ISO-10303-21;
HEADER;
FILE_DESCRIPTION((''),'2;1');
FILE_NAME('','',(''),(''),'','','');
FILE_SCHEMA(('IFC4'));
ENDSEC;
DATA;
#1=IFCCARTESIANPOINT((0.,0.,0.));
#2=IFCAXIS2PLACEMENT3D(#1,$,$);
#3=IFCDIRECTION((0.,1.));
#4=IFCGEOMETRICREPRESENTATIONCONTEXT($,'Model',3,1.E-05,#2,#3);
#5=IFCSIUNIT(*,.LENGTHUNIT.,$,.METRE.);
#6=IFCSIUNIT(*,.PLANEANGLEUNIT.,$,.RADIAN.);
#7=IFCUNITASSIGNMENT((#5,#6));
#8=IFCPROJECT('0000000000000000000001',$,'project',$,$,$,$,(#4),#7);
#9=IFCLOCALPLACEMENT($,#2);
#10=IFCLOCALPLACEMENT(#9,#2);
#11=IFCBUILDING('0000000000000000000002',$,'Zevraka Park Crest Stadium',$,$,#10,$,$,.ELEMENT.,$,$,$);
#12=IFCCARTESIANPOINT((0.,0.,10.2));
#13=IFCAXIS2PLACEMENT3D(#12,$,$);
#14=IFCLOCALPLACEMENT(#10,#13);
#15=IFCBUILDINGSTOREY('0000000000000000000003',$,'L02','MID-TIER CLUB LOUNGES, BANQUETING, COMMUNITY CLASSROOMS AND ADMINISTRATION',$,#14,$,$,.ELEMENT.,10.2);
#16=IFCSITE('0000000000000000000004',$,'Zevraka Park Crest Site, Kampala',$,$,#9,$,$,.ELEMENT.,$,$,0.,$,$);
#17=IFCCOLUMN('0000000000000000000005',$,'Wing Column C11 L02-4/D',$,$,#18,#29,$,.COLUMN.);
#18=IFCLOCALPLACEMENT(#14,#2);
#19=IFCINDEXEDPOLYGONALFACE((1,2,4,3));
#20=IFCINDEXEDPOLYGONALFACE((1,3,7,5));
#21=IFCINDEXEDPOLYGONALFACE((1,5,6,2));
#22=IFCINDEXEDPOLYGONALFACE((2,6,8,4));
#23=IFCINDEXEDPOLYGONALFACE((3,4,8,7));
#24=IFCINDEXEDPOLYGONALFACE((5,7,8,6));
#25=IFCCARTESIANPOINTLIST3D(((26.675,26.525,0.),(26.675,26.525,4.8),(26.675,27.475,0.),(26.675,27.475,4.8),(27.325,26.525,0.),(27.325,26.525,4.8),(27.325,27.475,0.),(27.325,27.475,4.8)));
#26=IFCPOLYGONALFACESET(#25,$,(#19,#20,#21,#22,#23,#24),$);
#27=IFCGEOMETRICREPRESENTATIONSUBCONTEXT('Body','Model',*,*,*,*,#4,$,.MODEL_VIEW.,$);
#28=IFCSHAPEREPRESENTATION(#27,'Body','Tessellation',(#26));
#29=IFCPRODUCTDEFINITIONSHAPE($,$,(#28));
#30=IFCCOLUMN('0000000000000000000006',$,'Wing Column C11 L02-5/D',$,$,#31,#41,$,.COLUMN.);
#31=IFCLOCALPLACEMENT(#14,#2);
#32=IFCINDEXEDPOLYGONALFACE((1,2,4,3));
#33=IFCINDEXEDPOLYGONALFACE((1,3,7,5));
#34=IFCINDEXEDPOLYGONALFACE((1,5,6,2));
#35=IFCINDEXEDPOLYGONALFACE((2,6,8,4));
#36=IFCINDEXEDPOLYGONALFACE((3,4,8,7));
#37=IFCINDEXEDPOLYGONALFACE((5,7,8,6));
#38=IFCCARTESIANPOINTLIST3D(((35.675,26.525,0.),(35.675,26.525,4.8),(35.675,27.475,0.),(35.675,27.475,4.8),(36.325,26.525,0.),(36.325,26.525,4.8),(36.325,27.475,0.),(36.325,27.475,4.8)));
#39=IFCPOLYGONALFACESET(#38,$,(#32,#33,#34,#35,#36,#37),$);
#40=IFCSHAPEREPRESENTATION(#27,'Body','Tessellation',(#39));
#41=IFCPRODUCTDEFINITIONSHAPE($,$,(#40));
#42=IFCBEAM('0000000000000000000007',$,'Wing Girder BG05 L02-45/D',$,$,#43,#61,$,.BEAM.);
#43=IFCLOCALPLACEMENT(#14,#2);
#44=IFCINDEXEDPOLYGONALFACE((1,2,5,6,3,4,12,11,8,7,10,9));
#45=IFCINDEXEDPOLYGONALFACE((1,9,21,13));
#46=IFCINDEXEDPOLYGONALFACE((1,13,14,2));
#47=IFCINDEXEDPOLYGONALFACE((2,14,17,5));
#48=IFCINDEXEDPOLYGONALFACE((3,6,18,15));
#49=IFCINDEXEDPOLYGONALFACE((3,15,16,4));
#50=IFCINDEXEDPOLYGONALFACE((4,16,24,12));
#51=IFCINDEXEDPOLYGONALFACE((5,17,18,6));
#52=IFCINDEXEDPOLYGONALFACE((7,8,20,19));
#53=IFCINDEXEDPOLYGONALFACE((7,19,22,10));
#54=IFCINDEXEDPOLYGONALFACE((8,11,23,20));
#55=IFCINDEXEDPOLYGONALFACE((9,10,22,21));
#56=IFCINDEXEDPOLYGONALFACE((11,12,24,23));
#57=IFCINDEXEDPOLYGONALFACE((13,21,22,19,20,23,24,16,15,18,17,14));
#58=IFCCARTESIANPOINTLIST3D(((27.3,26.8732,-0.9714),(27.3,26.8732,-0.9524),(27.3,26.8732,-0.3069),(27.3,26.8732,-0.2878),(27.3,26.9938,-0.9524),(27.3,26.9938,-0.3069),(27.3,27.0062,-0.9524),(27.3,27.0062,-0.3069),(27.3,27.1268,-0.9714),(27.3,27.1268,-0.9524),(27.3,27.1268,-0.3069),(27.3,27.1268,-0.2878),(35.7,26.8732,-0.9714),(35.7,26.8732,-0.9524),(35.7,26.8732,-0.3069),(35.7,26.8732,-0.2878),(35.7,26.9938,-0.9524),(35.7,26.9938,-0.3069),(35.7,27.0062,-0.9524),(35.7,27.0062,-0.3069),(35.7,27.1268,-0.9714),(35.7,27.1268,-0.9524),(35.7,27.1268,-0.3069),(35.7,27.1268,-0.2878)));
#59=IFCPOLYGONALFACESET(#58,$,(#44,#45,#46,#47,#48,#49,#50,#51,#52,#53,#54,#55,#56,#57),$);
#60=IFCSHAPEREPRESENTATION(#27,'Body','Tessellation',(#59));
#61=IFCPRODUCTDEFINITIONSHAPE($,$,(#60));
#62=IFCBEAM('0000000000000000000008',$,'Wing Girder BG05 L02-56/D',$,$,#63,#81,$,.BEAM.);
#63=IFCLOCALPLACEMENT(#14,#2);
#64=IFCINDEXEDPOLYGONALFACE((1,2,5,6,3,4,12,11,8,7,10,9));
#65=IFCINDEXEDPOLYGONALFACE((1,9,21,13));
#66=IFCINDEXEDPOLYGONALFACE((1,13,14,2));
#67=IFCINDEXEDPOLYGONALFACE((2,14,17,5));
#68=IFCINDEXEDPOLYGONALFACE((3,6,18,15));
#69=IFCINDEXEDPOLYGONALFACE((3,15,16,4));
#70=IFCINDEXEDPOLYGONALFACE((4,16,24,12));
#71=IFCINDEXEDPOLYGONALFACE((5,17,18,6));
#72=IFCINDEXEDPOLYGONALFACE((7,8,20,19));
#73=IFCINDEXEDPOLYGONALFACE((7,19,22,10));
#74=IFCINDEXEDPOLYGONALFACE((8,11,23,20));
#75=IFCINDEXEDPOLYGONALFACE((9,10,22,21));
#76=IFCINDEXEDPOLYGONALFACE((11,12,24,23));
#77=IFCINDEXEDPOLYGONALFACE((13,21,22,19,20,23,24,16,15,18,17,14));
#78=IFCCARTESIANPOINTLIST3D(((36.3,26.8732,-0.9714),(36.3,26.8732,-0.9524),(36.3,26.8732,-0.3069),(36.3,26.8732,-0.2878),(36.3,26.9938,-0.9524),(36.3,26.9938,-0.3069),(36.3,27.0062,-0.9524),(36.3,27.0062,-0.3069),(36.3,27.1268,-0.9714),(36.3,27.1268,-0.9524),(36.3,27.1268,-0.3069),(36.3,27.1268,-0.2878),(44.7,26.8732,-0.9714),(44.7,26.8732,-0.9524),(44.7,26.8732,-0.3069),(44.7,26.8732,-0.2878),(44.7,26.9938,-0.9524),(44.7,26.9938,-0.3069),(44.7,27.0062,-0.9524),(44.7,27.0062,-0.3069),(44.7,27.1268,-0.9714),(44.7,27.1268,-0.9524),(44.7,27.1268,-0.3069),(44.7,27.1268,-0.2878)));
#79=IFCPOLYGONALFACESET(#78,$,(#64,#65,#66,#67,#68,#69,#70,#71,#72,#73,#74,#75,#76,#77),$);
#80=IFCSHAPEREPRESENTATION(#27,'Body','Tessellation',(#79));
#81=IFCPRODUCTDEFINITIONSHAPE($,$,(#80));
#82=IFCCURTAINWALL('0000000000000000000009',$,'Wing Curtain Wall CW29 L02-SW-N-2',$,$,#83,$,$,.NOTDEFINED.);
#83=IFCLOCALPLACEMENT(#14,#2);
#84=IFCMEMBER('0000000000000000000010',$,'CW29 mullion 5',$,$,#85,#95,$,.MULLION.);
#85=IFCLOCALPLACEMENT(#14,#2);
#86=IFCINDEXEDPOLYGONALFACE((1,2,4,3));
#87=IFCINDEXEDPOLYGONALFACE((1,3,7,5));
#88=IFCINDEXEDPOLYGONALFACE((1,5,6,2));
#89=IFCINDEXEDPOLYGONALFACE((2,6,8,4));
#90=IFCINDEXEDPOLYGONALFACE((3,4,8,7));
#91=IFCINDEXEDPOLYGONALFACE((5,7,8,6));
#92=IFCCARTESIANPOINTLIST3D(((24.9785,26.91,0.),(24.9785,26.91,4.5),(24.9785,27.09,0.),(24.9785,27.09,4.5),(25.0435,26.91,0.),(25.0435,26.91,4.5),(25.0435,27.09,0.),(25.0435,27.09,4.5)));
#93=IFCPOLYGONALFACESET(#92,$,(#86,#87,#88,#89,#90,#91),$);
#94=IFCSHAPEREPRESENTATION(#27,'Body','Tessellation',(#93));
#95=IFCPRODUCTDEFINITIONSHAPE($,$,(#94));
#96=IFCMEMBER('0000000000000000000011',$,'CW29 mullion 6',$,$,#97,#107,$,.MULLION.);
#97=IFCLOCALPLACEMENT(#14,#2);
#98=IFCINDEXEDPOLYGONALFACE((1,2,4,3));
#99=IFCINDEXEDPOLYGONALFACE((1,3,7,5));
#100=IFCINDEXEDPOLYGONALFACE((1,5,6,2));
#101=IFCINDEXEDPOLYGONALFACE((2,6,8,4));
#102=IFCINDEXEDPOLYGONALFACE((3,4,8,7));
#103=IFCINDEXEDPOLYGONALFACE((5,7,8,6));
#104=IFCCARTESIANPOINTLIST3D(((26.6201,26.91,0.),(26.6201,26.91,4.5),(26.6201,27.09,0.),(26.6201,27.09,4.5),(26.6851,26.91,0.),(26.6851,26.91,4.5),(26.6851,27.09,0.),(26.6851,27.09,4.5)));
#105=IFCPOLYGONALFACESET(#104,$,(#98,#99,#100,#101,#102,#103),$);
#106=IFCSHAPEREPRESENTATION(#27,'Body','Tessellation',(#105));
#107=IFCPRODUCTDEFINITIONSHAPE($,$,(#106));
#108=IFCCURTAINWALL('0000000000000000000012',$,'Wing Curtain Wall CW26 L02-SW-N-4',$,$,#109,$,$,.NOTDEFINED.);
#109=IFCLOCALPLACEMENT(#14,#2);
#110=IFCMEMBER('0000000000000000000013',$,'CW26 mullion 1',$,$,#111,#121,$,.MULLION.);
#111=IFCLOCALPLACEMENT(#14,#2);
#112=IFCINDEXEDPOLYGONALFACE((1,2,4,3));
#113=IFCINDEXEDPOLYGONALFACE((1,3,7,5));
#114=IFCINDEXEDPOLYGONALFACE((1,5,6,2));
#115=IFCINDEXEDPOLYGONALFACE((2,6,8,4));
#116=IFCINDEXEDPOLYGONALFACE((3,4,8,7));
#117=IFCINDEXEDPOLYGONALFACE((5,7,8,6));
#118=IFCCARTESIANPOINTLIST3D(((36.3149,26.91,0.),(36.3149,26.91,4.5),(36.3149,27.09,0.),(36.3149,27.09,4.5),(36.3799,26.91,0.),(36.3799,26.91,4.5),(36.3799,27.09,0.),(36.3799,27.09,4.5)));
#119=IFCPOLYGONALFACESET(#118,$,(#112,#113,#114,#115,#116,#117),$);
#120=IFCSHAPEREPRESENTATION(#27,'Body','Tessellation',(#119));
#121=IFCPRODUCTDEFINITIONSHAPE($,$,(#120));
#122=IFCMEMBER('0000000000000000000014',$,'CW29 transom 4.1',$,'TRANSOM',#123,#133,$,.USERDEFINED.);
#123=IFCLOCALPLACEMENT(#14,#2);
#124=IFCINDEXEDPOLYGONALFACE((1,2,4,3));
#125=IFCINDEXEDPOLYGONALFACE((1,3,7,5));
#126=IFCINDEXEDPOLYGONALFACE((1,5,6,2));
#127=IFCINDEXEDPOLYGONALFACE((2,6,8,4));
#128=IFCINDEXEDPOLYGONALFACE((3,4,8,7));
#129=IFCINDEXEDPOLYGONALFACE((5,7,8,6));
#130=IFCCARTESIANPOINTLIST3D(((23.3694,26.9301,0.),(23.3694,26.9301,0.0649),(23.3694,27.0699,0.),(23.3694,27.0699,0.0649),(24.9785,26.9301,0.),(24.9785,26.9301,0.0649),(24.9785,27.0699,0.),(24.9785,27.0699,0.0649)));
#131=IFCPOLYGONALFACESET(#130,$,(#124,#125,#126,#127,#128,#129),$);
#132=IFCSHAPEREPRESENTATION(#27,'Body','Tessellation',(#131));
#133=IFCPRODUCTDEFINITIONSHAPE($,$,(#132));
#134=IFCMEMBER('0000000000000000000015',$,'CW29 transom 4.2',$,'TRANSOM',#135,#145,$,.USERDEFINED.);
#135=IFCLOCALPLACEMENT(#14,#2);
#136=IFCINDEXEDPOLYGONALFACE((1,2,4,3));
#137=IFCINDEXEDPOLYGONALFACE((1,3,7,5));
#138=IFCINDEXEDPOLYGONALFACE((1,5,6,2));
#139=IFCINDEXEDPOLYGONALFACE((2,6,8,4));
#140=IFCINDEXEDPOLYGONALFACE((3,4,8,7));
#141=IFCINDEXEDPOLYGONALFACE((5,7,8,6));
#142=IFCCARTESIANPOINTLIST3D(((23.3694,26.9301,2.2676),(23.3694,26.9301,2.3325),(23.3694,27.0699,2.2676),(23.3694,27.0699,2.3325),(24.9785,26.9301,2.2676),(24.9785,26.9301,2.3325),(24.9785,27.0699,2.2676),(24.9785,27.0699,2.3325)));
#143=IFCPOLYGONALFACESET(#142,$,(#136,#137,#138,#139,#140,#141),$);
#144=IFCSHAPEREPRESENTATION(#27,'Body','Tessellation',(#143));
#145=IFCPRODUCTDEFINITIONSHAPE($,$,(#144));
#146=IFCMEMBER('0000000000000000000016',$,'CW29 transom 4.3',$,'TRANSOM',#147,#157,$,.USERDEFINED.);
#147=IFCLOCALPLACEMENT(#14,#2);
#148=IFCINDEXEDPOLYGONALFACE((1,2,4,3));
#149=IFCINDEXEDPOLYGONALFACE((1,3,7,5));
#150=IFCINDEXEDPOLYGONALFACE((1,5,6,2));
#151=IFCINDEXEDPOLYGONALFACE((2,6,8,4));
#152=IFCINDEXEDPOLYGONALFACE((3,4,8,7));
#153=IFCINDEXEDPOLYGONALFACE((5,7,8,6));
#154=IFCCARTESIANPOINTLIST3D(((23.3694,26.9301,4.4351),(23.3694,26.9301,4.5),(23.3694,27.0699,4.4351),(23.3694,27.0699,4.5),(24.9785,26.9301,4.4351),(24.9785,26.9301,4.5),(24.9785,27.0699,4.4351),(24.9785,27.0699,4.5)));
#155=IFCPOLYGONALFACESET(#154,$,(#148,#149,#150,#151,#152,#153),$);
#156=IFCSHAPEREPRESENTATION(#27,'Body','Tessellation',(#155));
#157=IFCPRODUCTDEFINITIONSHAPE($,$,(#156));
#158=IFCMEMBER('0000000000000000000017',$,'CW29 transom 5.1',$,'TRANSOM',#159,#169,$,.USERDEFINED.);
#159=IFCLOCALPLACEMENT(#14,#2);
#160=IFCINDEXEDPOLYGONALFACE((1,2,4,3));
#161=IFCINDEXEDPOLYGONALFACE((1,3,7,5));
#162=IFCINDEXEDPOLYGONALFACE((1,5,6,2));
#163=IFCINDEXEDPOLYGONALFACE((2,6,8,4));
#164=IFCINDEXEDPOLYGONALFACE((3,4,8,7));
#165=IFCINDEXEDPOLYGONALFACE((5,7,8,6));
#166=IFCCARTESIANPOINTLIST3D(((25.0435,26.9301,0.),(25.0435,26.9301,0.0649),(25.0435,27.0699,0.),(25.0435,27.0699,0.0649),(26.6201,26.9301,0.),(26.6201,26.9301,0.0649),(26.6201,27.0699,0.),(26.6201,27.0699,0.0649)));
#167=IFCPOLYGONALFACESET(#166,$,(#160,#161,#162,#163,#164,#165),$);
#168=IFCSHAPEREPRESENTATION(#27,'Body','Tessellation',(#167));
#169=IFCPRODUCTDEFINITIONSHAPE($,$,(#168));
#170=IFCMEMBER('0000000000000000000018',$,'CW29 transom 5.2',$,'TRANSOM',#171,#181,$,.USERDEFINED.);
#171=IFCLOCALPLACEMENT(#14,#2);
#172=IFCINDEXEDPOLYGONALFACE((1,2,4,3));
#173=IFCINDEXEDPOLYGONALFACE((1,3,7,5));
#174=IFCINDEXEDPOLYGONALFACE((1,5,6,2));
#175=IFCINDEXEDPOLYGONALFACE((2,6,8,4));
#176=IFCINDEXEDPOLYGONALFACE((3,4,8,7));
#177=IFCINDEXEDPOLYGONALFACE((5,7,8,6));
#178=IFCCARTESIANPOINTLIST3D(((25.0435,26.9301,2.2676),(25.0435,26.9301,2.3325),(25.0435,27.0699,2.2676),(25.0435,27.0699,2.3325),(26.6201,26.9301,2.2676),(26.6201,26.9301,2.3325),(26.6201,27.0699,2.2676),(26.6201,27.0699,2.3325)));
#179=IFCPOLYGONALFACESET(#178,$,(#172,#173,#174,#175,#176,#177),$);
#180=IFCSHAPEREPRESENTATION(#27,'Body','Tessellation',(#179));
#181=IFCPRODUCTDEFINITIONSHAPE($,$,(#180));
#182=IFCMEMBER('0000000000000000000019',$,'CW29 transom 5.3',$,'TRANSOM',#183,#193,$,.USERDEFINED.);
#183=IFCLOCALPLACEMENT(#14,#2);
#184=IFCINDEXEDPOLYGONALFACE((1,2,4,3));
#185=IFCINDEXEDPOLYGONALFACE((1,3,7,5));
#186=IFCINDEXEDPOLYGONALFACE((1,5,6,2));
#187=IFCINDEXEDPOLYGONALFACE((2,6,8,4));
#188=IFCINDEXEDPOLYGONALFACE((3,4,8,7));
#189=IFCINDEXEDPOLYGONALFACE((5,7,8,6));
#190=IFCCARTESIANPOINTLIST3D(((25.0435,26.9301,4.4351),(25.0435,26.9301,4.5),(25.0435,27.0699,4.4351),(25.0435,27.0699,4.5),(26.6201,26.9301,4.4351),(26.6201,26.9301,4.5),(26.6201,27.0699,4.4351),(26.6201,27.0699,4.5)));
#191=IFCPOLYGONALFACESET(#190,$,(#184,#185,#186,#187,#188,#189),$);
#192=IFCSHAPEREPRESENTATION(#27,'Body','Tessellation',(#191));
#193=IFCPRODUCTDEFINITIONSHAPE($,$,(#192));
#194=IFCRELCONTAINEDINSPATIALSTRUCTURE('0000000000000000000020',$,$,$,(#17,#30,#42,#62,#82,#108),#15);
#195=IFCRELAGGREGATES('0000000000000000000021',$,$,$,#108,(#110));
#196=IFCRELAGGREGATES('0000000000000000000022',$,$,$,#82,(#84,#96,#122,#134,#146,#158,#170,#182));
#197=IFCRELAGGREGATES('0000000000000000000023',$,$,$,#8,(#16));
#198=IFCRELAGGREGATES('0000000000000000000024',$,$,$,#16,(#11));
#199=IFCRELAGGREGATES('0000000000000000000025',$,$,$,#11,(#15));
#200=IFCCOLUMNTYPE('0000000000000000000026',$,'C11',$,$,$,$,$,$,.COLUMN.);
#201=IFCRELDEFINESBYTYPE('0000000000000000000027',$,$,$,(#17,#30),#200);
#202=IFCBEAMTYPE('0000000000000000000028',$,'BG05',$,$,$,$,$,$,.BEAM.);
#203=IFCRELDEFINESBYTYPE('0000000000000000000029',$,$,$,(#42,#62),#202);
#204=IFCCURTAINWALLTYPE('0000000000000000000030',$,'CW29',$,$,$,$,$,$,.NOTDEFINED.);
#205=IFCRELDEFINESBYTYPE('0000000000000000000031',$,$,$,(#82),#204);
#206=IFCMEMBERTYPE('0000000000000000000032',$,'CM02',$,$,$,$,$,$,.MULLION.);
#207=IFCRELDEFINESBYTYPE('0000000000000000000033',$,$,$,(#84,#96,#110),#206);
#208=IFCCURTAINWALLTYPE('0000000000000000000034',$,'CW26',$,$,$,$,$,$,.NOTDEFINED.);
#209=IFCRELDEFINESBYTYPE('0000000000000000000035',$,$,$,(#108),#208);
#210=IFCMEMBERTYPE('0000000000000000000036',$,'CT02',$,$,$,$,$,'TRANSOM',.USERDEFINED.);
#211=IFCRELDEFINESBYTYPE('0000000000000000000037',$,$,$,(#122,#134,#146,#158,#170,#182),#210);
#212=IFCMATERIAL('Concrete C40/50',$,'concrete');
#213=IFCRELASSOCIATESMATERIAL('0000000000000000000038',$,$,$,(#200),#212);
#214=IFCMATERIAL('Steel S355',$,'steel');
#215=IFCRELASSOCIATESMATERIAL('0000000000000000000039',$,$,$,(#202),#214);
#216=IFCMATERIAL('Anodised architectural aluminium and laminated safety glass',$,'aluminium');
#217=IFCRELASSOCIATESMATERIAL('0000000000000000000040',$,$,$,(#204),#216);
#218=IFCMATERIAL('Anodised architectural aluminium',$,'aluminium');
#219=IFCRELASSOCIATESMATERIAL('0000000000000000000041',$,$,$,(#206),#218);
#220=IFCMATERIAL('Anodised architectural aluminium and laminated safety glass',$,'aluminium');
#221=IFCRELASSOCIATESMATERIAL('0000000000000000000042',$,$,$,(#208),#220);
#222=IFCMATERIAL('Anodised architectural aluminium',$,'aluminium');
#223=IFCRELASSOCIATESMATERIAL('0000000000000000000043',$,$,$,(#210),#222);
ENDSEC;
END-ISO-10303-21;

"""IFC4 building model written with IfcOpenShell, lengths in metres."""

from ifc_helpers import new_model, si_unit, direction, frame, origin, origin_2d, place, context, subcontext, project, spatial, rectangle, i_section, extrude, material, material_profile, profile_set, type_object, element, aggregate, save


model = new_model("IFC4")

# Units and contexts
model_context = context("Model", 3, precision=1e-05, world=origin(), true_north=direction((0.0, 1.0)))
body_context = subcontext(model_context, "Body", "Model", "MODEL_VIEW")
ifc_project = project(units=[si_unit("LENGTHUNIT", "METRE"), si_unit("PLANEANGLEUNIT", "RADIAN")], contexts=[model_context])

# Site, building, storey
site_placement = place(None, origin())
site = spatial("IfcSite", under=ifc_project, at=site_placement, Name="Zevraka Park Crest Site, Kampala", CompositionType="ELEMENT", RefElevation=0.0)
building_placement = place(site_placement, origin())
building = spatial("IfcBuilding", under=site, at=building_placement, Name="Zevraka Park Crest Stadium", CompositionType="ELEMENT")
storey_placement = place(building_placement, frame((0.0, 0.0, 10.2)))
storey = spatial("IfcBuildingStorey", under=building, at=storey_placement, Name="L02", Description="MID-TIER CLUB LOUNGES, BANQUETING, COMMUNITY CLASSROOMS AND ADMINISTRATION", CompositionType="ELEMENT", Elevation=10.2)

# Columns
ifc_material_1 = material(Name="Concrete C40/50", Category="concrete")
ifc_material_profile_1 = material_profile(ifc_material_1, rectangle(XDim=0.6499, YDim=0.95, at=origin_2d()), Name="RC 950x650")
ifc_profile_set_1 = profile_set([ifc_material_profile_1], Name="Concrete C40/50")
column_type = type_object("IfcColumnType", Name="C11", PredefinedType="COLUMN", material=ifc_profile_set_1)
for number, where, z_axis, x_axis, name in (
    (1, (27.0, 27.0, 0.0), (0.0, 0.0, 1.0), (1.0, 0.0, 0.0), "Wing Column C11 L02-4/D"),
    (2, (36.0, 27.0, 0.0), (0.0, 0.0, 1.0), (1.0, 0.0, 0.0), "Wing Column C11 L02-5/D"),
):
    element("IfcColumn", number, at=place(storey_placement, frame(where, z_axis=z_axis, x_axis=x_axis)), inside=storey, type_object=column_type, Name=name, PredefinedType="COLUMN", context=body_context, shape_type="SweptSolid", body=[
        extrude(rectangle(XDim=0.6499, YDim=0.95, at=origin_2d()), origin(), (0.0, 0.0, 1.0), 4.8),
    ])

# Beams
ifc_material_2 = material(Name="Steel S355", Category="steel")
ifc_material_profile_2 = material_profile(ifc_material_2, i_section(OverallWidth=0.2537, OverallDepth=0.6836, WebThickness=0.0125, FlangeThickness=0.019, at=origin_2d()), Name="UKB 686x254x140")
ifc_profile_set_2 = profile_set([ifc_material_profile_2], Name="Steel S355")
beam_type = type_object("IfcBeamType", Name="BG05", PredefinedType="BEAM", material=ifc_profile_set_2)
for number, where, z_axis, x_axis, name in (
    (3, (27.3, 27.0, -0.6296), (1.0, 0.0, 0.0), (0.0, 1.0, 0.0), "Wing Girder BG05 L02-45/D"),
    (4, (36.3, 27.0, -0.6296), (1.0, 0.0, 0.0), (0.0, 1.0, 0.0), "Wing Girder BG05 L02-56/D"),
):
    element("IfcBeam", number, at=place(storey_placement, frame(where, z_axis=z_axis, x_axis=x_axis)), inside=storey, type_object=beam_type, Name=name, PredefinedType="BEAM", context=body_context, shape_type="SweptSolid", body=[
        extrude(i_section(OverallWidth=0.2537, OverallDepth=0.6836, WebThickness=0.0125, FlangeThickness=0.019, at=origin_2d()), origin(), (0.0, 0.0, 1.0), 8.3999),
    ])

# Curtain wall, members
ifc_material_3 = material(Name="Anodised architectural aluminium and laminated safety glass", Category="aluminium")
curtain_wall_type_1 = type_object("IfcCurtainWallType", Name="CW29", PredefinedType="NOTDEFINED", material=ifc_material_3)
curtain_wall_1_placement = place(storey_placement, origin())
curtain_wall_1 = element("IfcCurtainWall", 5, at=curtain_wall_1_placement, inside=storey, type_object=curtain_wall_type_1, Name="Wing Curtain Wall CW29 L02-SW-N-2", PredefinedType="NOTDEFINED")
ifc_material_4 = material(Name="Anodised architectural aluminium", Category="aluminium")
ifc_material_profile_3 = material_profile(ifc_material_4, rectangle(XDim=0.1799, YDim=0.0649, at=origin_2d()), Name="ALU MULLION 180x65")
ifc_profile_set_3 = profile_set([ifc_material_profile_3], Name="Anodised architectural aluminium")
member_type_1 = type_object("IfcMemberType", Name="CM02", PredefinedType="MULLION", material=ifc_profile_set_3)
member_1_placement = place(storey_placement, frame((25.011, 27.0, 0.0), z_axis=(0.0, 0.0, 1.0), x_axis=(0.0, 1.0, 0.0)))
member_1 = element("IfcMember", 6, at=member_1_placement, type_object=member_type_1, Name="CW29 mullion 5", PredefinedType="MULLION", context=body_context, shape_type="SweptSolid", body=[
    extrude(rectangle(XDim=0.1799, YDim=0.0649, at=origin_2d()), origin(), (0.0, 0.0, 1.0), 4.5),
])
member_2_placement = place(storey_placement, frame((26.6526, 27.0, 0.0), z_axis=(0.0, 0.0, 1.0), x_axis=(0.0, 1.0, 0.0)))
member_2 = element("IfcMember", 7, at=member_2_placement, type_object=member_type_1, Name="CW29 mullion 6", PredefinedType="MULLION", context=body_context, shape_type="SweptSolid", body=[
    extrude(rectangle(XDim=0.1799, YDim=0.0649, at=origin_2d()), origin(), (0.0, 0.0, 1.0), 4.5),
])

# Curtain wall, member
ifc_material_5 = material(Name="Anodised architectural aluminium and laminated safety glass", Category="aluminium")
curtain_wall_type_2 = type_object("IfcCurtainWallType", Name="CW26", PredefinedType="NOTDEFINED", material=ifc_material_5)
curtain_wall_2_placement = place(storey_placement, origin())
curtain_wall_2 = element("IfcCurtainWall", 8, at=curtain_wall_2_placement, inside=storey, type_object=curtain_wall_type_2, Name="Wing Curtain Wall CW26 L02-SW-N-4", PredefinedType="NOTDEFINED")
member_3_placement = place(storey_placement, frame((36.3474, 27.0, 0.0), z_axis=(0.0, 0.0, 1.0), x_axis=(0.0, 1.0, 0.0)))
member_3 = element("IfcMember", 9, at=member_3_placement, type_object=member_type_1, Name="CW26 mullion 1", PredefinedType="MULLION", context=body_context, shape_type="SweptSolid", body=[
    extrude(rectangle(XDim=0.1799, YDim=0.0649, at=origin_2d()), origin(), (0.0, 0.0, 1.0), 4.5),
])

# Members
ifc_material_6 = material(Name="Anodised architectural aluminium", Category="aluminium")
ifc_material_profile_4 = material_profile(ifc_material_6, rectangle(XDim=0.1399, YDim=0.0649, at=origin_2d()), Name="ALU TRANSOM 140x65")
ifc_profile_set_4 = profile_set([ifc_material_profile_4], Name="Anodised architectural aluminium")
member_type_2 = type_object("IfcMemberType", Name="CT02", ElementType="TRANSOM", PredefinedType="USERDEFINED", material=ifc_profile_set_4)
member_4_placement = place(storey_placement, frame((23.3694, 27.0, 0.0325), z_axis=(1.0, 0.0, 0.0), x_axis=(0.0, 1.0, 0.0)))
member_4 = element("IfcMember", 10, at=member_4_placement, type_object=member_type_2, Name="CW29 transom 4.1", ObjectType="TRANSOM", PredefinedType="USERDEFINED", context=body_context, shape_type="SweptSolid", body=[
    extrude(rectangle(XDim=0.1399, YDim=0.0649, at=origin_2d()), origin(), (0.0, 0.0, 1.0), 1.6091),
])
member_5_placement = place(storey_placement, frame((23.3694, 27.0, 2.3), z_axis=(1.0, 0.0, 0.0), x_axis=(0.0, 1.0, 0.0)))
member_5 = element("IfcMember", 11, at=member_5_placement, type_object=member_type_2, Name="CW29 transom 4.2", ObjectType="TRANSOM", PredefinedType="USERDEFINED", context=body_context, shape_type="SweptSolid", body=[
    extrude(rectangle(XDim=0.1399, YDim=0.0649, at=origin_2d()), origin(), (0.0, 0.0, 1.0), 1.6091),
])
member_6_placement = place(storey_placement, frame((23.3694, 27.0, 4.4675), z_axis=(1.0, 0.0, 0.0), x_axis=(0.0, 1.0, 0.0)))
member_6 = element("IfcMember", 12, at=member_6_placement, type_object=member_type_2, Name="CW29 transom 4.3", ObjectType="TRANSOM", PredefinedType="USERDEFINED", context=body_context, shape_type="SweptSolid", body=[
    extrude(rectangle(XDim=0.1399, YDim=0.0649, at=origin_2d()), origin(), (0.0, 0.0, 1.0), 1.6091),
])
member_7_placement = place(storey_placement, frame((25.0435, 27.0, 0.0325), z_axis=(1.0, 0.0, 0.0), x_axis=(0.0, 1.0, 0.0)))
member_7 = element("IfcMember", 13, at=member_7_placement, type_object=member_type_2, Name="CW29 transom 5.1", ObjectType="TRANSOM", PredefinedType="USERDEFINED", context=body_context, shape_type="SweptSolid", body=[
    extrude(rectangle(XDim=0.1399, YDim=0.0649, at=origin_2d()), origin(), (0.0, 0.0, 1.0), 1.5767),
])
member_8_placement = place(storey_placement, frame((25.0435, 27.0, 2.3), z_axis=(1.0, 0.0, 0.0), x_axis=(0.0, 1.0, 0.0)))
member_8 = element("IfcMember", 14, at=member_8_placement, type_object=member_type_2, Name="CW29 transom 5.2", ObjectType="TRANSOM", PredefinedType="USERDEFINED", context=body_context, shape_type="SweptSolid", body=[
    extrude(rectangle(XDim=0.1399, YDim=0.0649, at=origin_2d()), origin(), (0.0, 0.0, 1.0), 1.5767),
])
member_9_placement = place(storey_placement, frame((25.0435, 27.0, 4.4675), z_axis=(1.0, 0.0, 0.0), x_axis=(0.0, 1.0, 0.0)))
member_9 = element("IfcMember", 15, at=member_9_placement, type_object=member_type_2, Name="CW29 transom 5.3", ObjectType="TRANSOM", PredefinedType="USERDEFINED", context=body_context, shape_type="SweptSolid", body=[
    extrude(rectangle(XDim=0.1399, YDim=0.0649, at=origin_2d()), origin(), (0.0, 0.0, 1.0), 1.5767),
])
aggregate(curtain_wall_2, [member_3])

aggregate(curtain_wall_1, [member_1, member_2, member_4, member_5, member_6, member_7, member_8, member_9])

save(model, "model.ifc")
